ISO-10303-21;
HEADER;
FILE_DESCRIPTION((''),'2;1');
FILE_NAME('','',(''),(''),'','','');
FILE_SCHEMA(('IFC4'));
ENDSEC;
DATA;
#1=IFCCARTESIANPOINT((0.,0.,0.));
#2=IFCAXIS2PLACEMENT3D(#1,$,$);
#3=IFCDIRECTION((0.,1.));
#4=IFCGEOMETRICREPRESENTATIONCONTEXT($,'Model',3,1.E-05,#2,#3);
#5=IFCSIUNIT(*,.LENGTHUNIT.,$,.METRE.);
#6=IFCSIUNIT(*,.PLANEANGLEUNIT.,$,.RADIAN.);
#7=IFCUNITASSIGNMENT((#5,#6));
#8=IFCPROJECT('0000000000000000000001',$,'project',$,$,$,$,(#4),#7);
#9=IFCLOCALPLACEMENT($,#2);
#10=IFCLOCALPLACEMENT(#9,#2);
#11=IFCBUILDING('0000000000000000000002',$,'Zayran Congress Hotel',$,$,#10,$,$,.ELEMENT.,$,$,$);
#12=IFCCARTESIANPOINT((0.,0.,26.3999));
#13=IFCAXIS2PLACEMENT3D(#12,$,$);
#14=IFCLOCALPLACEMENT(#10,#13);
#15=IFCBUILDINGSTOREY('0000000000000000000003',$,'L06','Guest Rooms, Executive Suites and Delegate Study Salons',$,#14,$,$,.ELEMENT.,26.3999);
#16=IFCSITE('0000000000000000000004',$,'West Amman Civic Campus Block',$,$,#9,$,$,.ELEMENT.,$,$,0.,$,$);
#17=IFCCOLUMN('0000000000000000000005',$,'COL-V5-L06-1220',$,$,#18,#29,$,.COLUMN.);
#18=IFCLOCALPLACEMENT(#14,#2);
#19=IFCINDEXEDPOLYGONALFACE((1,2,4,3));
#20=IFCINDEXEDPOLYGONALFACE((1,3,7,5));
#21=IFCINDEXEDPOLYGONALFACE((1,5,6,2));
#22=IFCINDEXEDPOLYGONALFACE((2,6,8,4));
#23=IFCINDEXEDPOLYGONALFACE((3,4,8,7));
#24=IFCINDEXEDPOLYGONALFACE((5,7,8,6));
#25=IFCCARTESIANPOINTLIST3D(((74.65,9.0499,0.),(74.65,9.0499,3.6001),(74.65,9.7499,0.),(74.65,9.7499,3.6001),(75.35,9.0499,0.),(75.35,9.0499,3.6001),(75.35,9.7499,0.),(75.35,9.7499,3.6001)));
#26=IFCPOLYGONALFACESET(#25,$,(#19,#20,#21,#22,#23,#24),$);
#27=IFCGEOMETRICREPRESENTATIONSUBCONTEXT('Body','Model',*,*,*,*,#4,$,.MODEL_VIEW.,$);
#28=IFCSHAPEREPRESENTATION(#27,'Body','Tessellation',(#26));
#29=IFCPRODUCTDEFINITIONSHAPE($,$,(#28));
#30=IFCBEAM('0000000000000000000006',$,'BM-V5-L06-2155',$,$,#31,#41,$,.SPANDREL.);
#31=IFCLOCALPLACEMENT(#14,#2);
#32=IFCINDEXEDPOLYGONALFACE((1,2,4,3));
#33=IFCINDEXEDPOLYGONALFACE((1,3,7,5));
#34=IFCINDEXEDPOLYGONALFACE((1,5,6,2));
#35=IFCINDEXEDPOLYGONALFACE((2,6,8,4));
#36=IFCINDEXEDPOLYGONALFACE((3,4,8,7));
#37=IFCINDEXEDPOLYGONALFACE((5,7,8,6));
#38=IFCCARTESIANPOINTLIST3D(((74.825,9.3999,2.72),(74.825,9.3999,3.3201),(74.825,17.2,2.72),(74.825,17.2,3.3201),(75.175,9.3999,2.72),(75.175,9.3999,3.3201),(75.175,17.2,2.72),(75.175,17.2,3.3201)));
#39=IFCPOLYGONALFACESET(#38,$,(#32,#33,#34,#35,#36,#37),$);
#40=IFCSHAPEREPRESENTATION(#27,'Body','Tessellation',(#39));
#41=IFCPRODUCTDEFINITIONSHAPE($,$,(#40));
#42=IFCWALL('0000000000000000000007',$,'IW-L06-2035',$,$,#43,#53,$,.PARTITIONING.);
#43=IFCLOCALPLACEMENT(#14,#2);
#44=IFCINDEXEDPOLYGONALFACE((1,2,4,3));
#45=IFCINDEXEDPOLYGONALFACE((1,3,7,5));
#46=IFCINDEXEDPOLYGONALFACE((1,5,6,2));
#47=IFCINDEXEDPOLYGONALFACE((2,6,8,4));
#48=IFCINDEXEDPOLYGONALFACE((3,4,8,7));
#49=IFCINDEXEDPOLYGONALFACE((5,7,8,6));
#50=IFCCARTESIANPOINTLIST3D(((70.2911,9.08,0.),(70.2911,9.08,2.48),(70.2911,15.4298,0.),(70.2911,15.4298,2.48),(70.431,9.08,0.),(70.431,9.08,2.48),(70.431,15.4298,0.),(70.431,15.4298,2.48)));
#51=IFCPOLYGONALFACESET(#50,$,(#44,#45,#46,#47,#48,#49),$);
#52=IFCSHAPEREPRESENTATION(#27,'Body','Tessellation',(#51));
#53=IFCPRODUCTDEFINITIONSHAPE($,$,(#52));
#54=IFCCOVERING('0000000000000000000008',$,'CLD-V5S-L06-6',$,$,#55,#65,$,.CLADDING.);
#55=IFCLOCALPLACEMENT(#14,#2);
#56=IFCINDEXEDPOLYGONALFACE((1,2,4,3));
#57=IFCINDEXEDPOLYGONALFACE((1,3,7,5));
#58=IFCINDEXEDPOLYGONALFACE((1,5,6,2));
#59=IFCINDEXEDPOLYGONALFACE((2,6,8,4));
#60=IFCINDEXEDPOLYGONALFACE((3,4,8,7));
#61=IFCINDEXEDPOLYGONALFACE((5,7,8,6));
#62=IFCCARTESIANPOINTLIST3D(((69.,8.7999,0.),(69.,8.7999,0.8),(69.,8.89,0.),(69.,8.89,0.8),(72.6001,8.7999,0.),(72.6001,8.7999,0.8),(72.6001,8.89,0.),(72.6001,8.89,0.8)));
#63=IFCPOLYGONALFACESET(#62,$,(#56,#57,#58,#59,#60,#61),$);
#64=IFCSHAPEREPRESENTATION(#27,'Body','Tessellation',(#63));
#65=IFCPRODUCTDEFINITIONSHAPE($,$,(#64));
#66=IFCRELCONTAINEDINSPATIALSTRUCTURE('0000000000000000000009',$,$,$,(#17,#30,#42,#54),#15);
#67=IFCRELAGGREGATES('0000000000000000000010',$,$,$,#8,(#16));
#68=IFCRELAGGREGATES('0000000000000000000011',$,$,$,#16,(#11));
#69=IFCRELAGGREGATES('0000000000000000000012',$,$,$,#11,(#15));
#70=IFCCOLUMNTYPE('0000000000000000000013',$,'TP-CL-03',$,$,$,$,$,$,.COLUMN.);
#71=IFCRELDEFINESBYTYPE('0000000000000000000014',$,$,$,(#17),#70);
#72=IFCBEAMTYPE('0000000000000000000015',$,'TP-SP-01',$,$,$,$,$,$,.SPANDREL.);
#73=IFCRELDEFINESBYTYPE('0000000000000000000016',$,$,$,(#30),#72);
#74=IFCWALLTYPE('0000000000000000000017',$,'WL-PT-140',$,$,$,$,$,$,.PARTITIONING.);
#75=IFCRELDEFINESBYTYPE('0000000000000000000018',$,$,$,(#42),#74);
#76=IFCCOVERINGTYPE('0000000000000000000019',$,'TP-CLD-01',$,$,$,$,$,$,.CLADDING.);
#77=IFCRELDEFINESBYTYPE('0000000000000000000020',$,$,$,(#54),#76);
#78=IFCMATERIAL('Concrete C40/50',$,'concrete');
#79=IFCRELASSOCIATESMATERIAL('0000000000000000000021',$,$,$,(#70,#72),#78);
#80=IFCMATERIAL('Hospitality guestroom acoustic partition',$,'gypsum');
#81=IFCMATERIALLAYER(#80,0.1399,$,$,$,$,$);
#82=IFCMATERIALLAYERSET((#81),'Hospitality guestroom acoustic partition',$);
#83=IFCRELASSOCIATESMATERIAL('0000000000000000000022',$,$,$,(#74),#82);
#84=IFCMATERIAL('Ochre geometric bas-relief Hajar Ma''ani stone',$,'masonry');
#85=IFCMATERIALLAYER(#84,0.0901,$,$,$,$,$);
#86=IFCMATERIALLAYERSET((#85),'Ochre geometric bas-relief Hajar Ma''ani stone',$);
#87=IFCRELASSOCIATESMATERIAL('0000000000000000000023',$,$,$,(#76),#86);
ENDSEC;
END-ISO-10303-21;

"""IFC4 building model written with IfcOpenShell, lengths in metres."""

from ifc_helpers import new_model, si_unit, direction, frame, frame_2d, origin, origin_2d, place, context, subcontext, project, spatial, rectangle, extrude, material, layer, layer_set, material_profile, profile_set, type_object, element, save


model = new_model("IFC4")

# Units and contexts
model_context = context("Model", 3, precision=1e-05, world=origin(), true_north=direction((0.0, 1.0)))
body_context = subcontext(model_context, "Body", "Model", "MODEL_VIEW")
ifc_project = project(units=[si_unit("LENGTHUNIT", "METRE"), si_unit("PLANEANGLEUNIT", "RADIAN")], contexts=[model_context])

# Site, building, storey
site_placement = place(None, origin())
site = spatial("IfcSite", under=ifc_project, at=site_placement, Name="West Amman Civic Campus Block", CompositionType="ELEMENT", RefElevation=0.0)
building_placement = place(site_placement, origin())
building = spatial("IfcBuilding", under=site, at=building_placement, Name="Zayran Congress Hotel", CompositionType="ELEMENT")
storey_placement = place(building_placement, frame((0.0, 0.0, 26.3999)))
storey = spatial("IfcBuildingStorey", under=building, at=storey_placement, Name="L06", Description="Guest Rooms, Executive Suites and Delegate Study Salons", CompositionType="ELEMENT", Elevation=26.3999)

# Column
ifc_material_1 = material(Name="Concrete C40/50", Category="concrete")
ifc_material_profile_1 = material_profile(ifc_material_1, rectangle(XDim=0.7, YDim=0.7, at=origin_2d()), Name="RC 700x700")
ifc_profile_set_1 = profile_set([ifc_material_profile_1], Name="Concrete C40/50")
column_type = type_object("IfcColumnType", Name="TP-CL-03", PredefinedType="COLUMN", material=ifc_profile_set_1)
column_placement = place(storey_placement, frame((75.0, 9.3999, 0.0), z_axis=(0.0, 0.0, 1.0), x_axis=(1.0, 0.0, 0.0)))
element("IfcColumn", 1, at=column_placement, inside=storey, type_object=column_type, Name="COL-V5-L06-1220", PredefinedType="COLUMN", context=body_context, shape_type="SweptSolid", body=[
    extrude(rectangle(XDim=0.7, YDim=0.7, at=origin_2d()), origin(), (0.0, 0.0, 1.0), 3.6001),
])

# Beam
ifc_material_profile_2 = material_profile(ifc_material_1, rectangle(XDim=0.3501, YDim=0.6001, at=origin_2d()), Name="RC 350x600")
ifc_profile_set_2 = profile_set([ifc_material_profile_2], Name="Concrete C40/50")
beam_type = type_object("IfcBeamType", Name="TP-SP-01", PredefinedType="SPANDREL", material=ifc_profile_set_2)
beam_placement = place(storey_placement, frame((75.0, 9.3999, 3.02), z_axis=(0.0, 1.0, 0.0), x_axis=(-1.0, 0.0, 0.0)))
element("IfcBeam", 2, at=beam_placement, inside=storey, type_object=beam_type, Name="BM-V5-L06-2155", PredefinedType="SPANDREL", context=body_context, shape_type="SweptSolid", body=[
    extrude(rectangle(XDim=0.3501, YDim=0.6001, at=origin_2d()), origin(), (0.0, 0.0, 1.0), 7.8),
])

# Wall
ifc_material_2 = material(Name="Hospitality guestroom acoustic partition", Category="gypsum")
ifc_layer_1 = layer(ifc_material_2, 0.1399)
ifc_layer_set_1 = layer_set([ifc_layer_1], Name="Hospitality guestroom acoustic partition")
wall_type_1 = type_object("IfcWallType", Name="WL-PT-140", PredefinedType="PARTITIONING", material=ifc_layer_set_1)
wall_1_placement = place(storey_placement, frame((70.3611, 9.0801, 0.0), z_axis=(0.0, 0.0, 1.0), x_axis=(0.0, 1.0, 0.0)))
element("IfcWall", 3, at=wall_1_placement, inside=storey, type_object=wall_type_1, Name="IW-L06-2035", PredefinedType="PARTITIONING", context=body_context, shape_type="SweptSolid", body=[
    extrude(rectangle(XDim=6.3499, YDim=0.1399, at=frame_2d((3.1748, 0.0))), origin(), (0.0, 0.0, 1.0), 2.48),
])

# Covering
ifc_material_3 = material(Name="Ochre geometric bas-relief Hajar Ma'ani stone", Category="masonry")
ifc_layer_2 = layer(ifc_material_3, 0.0901)
ifc_layer_set_2 = layer_set([ifc_layer_2], Name="Ochre geometric bas-relief Hajar Ma'ani stone")
covering_type = type_object("IfcCoveringType", Name="TP-CLD-01", PredefinedType="CLADDING", material=ifc_layer_set_2)
covering_placement = place(storey_placement, frame((70.8, 8.845, 0.0), z_axis=(0.0, 0.0, 1.0), x_axis=(1.0, 0.0, 0.0)))
element("IfcCovering", 4, at=covering_placement, inside=storey, type_object=covering_type, Name="CLD-V5S-L06-6", PredefinedType="CLADDING", context=body_context, shape_type="SweptSolid", body=[
    extrude(rectangle(XDim=3.6001, YDim=0.0901, at=origin_2d()), origin(), (0.0, 0.0, 1.0), 0.8),
])

save(model, "model.ifc")
